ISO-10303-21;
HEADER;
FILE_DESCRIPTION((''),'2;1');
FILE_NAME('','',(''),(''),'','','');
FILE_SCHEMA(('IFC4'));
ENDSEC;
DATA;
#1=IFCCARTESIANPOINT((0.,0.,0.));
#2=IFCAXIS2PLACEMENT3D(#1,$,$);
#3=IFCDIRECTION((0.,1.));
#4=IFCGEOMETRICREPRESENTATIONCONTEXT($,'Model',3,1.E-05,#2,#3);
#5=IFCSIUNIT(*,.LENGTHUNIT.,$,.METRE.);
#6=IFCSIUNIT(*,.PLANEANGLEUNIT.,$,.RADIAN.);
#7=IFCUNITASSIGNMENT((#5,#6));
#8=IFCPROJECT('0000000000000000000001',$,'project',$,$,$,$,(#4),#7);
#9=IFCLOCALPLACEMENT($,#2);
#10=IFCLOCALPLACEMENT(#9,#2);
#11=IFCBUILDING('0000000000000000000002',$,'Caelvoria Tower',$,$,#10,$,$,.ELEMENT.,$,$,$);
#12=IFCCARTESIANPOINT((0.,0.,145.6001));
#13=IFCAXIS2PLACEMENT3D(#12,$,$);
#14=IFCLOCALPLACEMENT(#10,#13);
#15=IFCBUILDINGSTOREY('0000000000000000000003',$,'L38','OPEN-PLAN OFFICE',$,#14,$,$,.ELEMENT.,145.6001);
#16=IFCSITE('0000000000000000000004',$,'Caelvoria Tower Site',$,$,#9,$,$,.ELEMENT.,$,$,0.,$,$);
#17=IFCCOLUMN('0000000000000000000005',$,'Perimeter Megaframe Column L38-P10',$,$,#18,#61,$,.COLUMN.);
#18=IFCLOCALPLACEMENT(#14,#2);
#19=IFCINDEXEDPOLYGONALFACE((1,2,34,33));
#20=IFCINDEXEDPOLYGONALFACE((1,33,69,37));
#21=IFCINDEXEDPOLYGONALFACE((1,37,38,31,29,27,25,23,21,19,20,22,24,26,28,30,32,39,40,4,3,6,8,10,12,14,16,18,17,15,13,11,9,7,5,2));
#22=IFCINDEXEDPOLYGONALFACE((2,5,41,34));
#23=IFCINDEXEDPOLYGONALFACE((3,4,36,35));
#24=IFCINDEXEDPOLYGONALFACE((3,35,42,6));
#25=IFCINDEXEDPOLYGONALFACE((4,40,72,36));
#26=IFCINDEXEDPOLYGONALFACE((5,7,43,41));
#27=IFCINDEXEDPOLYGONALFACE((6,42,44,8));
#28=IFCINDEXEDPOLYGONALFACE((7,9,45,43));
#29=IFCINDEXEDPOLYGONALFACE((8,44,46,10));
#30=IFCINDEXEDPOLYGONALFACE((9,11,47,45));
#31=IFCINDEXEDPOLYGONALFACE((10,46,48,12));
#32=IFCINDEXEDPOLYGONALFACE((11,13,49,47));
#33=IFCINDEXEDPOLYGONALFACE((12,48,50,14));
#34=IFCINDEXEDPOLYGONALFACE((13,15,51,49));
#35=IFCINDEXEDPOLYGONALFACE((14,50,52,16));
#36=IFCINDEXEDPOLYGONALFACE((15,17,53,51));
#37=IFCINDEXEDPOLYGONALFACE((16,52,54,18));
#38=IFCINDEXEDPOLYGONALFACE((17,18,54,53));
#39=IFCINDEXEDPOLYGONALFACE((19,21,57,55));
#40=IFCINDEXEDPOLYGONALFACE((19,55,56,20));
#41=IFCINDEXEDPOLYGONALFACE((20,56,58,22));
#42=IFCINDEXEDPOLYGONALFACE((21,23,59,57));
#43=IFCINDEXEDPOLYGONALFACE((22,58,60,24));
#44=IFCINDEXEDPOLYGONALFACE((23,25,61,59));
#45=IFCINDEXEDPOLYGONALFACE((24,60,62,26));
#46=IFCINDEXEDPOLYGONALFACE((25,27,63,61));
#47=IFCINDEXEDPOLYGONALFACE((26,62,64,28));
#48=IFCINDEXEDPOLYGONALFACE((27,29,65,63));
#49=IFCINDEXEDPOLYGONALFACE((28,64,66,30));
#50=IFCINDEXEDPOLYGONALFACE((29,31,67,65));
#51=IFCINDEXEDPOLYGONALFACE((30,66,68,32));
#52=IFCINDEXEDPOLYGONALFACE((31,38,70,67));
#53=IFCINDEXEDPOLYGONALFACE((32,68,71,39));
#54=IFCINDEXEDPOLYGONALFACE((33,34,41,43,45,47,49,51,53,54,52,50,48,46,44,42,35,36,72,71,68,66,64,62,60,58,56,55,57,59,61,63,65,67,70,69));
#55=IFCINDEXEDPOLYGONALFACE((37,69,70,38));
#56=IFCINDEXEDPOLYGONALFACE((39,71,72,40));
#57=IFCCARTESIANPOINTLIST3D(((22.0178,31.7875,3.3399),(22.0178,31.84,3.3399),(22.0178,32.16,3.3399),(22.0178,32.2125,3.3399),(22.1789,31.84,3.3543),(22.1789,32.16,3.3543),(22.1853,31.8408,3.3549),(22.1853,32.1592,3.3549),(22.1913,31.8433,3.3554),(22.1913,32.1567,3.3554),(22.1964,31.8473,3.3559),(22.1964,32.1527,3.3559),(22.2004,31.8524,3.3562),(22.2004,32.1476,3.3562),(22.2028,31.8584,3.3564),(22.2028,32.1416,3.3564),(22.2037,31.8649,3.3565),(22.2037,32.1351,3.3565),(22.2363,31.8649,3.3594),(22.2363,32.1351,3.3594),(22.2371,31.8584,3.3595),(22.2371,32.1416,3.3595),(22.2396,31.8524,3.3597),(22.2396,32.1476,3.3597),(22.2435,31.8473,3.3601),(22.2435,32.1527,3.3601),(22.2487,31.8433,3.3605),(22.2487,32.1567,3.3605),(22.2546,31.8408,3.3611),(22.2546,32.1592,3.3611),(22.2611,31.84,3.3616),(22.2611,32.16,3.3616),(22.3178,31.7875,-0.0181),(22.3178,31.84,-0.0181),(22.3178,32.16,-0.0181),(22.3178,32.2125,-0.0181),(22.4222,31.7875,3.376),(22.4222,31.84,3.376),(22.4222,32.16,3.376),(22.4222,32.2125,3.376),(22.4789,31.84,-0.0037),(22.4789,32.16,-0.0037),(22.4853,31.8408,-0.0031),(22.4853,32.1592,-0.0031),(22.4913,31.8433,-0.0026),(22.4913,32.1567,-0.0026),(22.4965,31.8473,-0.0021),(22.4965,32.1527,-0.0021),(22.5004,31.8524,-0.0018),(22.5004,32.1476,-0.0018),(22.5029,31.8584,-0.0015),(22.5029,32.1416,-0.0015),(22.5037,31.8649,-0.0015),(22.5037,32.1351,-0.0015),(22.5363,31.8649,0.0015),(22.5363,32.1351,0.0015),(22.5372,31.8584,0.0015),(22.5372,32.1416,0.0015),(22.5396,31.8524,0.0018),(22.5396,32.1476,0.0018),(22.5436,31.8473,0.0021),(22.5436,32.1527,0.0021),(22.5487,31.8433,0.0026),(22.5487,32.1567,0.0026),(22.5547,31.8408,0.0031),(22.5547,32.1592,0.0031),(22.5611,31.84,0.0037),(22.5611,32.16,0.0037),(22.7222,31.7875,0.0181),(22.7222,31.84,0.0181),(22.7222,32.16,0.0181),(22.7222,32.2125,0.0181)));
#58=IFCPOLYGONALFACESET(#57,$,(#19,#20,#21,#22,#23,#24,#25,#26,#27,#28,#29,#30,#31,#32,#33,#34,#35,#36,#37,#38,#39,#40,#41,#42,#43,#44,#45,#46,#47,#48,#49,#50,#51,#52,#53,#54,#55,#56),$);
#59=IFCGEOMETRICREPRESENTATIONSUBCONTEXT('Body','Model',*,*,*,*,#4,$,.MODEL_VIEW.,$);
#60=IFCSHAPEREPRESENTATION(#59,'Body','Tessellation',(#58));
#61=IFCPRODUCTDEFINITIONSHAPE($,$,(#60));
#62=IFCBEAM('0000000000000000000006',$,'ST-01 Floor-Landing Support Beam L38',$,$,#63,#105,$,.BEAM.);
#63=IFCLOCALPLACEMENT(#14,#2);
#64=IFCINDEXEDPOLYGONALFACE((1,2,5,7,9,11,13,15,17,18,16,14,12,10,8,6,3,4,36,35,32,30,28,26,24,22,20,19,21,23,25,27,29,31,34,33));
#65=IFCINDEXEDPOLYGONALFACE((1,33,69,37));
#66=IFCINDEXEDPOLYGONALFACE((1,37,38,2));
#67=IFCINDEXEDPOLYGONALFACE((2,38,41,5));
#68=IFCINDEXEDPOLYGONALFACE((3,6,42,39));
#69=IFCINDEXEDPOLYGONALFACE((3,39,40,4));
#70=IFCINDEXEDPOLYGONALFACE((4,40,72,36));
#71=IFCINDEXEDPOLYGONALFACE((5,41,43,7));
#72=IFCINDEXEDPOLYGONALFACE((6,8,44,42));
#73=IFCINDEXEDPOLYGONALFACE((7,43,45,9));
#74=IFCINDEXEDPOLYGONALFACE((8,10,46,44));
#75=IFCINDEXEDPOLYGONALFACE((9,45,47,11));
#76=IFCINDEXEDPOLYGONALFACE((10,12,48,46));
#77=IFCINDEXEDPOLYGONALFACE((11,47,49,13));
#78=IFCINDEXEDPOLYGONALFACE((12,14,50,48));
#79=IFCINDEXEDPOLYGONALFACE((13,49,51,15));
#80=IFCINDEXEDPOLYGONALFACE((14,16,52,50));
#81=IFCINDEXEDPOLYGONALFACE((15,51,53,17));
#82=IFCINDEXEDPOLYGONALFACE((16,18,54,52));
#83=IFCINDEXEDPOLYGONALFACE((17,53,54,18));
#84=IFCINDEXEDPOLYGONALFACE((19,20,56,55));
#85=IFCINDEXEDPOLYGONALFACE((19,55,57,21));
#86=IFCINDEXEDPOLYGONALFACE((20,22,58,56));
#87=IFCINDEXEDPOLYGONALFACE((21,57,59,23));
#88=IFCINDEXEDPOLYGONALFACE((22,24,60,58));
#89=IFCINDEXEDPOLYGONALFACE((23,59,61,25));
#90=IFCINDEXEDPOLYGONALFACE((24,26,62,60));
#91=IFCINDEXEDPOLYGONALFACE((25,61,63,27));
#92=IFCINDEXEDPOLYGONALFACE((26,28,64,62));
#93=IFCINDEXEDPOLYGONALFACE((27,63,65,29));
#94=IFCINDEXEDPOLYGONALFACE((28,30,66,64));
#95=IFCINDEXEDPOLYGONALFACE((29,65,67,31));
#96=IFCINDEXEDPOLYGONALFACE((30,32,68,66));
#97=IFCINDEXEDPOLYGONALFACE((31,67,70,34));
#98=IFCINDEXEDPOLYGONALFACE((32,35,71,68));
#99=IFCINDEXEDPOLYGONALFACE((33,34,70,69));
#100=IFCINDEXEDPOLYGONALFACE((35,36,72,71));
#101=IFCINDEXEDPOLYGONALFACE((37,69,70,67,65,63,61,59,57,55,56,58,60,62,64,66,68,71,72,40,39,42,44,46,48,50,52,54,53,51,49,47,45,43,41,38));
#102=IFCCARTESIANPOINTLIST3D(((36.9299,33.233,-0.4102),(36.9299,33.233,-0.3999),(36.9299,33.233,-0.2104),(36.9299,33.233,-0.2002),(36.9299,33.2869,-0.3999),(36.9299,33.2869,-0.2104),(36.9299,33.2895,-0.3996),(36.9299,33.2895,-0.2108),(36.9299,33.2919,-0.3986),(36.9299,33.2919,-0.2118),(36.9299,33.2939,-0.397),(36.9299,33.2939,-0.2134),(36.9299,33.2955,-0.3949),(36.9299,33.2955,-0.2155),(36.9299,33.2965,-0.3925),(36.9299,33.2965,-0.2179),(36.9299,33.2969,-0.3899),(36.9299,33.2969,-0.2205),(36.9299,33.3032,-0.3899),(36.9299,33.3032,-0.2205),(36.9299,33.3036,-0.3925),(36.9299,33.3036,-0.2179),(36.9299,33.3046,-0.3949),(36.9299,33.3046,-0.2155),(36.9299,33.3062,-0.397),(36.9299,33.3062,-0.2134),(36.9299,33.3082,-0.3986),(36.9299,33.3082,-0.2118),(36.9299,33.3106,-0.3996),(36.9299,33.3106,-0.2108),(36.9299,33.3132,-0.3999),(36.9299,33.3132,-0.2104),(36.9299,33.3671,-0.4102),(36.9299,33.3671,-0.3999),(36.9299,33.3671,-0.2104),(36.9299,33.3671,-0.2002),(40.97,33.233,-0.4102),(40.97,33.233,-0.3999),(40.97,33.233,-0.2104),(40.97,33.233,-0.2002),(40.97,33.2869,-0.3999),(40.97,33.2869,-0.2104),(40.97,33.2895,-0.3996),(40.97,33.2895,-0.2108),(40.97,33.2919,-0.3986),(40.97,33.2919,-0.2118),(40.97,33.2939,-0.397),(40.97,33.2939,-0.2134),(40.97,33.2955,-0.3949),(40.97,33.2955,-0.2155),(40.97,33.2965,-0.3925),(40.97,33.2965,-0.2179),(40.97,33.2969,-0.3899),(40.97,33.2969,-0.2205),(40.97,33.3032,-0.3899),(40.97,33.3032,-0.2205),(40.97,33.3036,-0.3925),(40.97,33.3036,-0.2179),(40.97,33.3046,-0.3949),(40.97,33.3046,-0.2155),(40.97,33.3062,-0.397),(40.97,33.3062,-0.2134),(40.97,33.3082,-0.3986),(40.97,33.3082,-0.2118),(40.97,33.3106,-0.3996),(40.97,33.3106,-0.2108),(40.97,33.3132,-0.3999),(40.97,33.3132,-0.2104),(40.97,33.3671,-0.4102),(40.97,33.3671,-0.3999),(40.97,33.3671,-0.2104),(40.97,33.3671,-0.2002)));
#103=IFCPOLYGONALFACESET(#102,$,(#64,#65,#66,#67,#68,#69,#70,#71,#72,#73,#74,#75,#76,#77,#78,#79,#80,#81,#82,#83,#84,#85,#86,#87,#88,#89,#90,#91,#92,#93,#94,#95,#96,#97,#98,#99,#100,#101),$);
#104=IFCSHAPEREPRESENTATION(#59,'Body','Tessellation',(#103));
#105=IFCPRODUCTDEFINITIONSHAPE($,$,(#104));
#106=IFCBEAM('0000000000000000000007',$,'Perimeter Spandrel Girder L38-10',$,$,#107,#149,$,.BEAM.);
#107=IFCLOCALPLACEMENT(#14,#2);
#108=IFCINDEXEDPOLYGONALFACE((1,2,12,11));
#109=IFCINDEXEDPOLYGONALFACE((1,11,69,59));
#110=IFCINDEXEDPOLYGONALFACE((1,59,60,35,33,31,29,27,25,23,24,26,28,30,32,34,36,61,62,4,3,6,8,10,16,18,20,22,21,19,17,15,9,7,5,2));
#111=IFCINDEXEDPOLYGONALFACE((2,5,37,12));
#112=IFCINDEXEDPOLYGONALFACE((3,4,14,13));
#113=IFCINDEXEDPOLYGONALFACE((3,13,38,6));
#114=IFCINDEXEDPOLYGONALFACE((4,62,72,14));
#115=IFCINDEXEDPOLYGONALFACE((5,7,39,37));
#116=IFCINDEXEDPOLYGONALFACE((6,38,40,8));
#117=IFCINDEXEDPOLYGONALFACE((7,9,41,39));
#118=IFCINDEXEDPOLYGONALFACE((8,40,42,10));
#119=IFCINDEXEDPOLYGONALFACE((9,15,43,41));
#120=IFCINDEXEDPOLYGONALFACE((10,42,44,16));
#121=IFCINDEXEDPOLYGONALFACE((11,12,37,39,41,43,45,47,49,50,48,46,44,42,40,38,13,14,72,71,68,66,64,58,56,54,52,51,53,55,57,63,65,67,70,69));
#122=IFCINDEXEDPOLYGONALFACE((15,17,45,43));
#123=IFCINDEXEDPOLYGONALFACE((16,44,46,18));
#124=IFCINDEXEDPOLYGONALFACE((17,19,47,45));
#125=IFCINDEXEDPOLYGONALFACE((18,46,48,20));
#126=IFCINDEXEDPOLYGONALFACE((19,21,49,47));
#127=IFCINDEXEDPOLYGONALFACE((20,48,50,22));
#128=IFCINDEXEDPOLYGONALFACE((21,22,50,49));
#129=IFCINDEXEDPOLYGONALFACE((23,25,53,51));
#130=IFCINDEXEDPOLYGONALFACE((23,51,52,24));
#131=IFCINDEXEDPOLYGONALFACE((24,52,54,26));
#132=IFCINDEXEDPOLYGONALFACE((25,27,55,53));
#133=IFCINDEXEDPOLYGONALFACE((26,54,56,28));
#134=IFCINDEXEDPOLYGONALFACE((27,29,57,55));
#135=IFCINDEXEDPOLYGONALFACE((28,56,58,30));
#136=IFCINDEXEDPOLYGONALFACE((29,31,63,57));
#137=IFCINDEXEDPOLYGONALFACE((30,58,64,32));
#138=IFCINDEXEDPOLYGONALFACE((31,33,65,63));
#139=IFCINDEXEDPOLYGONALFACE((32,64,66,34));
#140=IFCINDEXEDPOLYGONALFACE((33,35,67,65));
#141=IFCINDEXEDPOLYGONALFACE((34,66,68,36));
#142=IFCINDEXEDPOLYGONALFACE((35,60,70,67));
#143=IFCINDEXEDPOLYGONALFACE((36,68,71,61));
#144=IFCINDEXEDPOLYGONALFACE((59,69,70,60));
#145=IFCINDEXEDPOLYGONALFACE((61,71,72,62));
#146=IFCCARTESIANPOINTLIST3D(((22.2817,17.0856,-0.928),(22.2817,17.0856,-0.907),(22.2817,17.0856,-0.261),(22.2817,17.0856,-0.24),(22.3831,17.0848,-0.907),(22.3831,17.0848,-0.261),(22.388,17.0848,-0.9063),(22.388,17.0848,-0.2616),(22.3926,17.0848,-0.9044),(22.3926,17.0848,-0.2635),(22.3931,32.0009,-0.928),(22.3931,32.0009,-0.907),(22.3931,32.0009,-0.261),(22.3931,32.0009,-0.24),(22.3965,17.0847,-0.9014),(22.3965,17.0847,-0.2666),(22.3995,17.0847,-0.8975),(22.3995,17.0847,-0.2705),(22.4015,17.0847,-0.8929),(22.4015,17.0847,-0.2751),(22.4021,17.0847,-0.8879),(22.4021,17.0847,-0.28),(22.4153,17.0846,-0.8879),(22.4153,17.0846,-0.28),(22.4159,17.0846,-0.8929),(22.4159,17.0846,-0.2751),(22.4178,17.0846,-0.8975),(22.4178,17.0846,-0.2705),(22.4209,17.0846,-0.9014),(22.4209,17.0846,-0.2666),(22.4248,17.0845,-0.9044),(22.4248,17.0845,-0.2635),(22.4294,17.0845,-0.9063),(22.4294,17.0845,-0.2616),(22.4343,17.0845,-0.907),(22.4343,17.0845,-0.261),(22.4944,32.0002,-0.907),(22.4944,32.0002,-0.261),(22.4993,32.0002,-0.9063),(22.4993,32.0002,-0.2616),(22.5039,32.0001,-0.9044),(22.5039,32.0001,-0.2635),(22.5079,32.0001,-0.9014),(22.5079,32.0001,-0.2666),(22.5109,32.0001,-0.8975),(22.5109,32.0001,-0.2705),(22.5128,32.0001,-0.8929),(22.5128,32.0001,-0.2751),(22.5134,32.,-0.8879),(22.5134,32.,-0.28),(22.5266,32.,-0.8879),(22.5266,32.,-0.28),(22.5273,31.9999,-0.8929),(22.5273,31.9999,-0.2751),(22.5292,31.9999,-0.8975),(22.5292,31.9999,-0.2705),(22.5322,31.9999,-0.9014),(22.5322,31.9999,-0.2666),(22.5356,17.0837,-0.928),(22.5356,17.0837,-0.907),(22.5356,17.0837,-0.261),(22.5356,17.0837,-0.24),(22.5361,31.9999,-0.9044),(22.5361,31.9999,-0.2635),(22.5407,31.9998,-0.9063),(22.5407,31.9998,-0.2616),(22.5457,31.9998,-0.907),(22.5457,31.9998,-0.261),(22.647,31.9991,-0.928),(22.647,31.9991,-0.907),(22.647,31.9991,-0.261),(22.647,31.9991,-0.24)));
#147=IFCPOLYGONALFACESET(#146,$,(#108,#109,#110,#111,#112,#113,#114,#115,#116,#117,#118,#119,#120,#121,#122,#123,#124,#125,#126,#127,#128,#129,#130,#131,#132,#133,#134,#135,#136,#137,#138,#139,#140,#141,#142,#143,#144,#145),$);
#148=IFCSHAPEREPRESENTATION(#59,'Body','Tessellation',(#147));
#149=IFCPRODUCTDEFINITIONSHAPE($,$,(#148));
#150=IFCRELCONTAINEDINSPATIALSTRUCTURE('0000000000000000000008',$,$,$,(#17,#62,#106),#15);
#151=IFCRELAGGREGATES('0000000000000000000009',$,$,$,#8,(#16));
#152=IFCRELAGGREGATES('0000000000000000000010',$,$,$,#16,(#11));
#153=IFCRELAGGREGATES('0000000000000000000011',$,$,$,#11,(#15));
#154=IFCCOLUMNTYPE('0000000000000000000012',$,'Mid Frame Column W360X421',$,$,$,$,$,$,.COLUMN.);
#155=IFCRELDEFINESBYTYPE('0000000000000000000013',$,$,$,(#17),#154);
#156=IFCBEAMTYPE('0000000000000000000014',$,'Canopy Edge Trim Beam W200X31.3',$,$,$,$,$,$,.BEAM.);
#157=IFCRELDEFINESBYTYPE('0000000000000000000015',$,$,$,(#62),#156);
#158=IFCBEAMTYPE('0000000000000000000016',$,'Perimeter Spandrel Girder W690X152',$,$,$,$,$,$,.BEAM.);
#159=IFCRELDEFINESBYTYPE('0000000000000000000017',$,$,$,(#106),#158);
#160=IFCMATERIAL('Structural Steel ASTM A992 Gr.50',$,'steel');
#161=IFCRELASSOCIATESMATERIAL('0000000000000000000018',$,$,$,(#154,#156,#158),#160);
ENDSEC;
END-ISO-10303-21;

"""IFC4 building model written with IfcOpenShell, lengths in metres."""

from ifc_helpers import new_model, si_unit, direction, frame, origin, origin_2d, place, context, subcontext, project, spatial, i_section, extrude, material, material_profile, profile_set, type_object, element, save


model = new_model("IFC4")

# Units and contexts
model_context = context("Model", 3, precision=1e-05, world=origin(), true_north=direction((0.0, 1.0)))
body_context = subcontext(model_context, "Body", "Model", "MODEL_VIEW")
ifc_project = project(units=[si_unit("LENGTHUNIT", "METRE"), si_unit("PLANEANGLEUNIT", "RADIAN")], contexts=[model_context])

# Site, building, storey
site_placement = place(None, origin())
site = spatial("IfcSite", under=ifc_project, at=site_placement, Name="Caelvoria Tower Site", CompositionType="ELEMENT", RefElevation=0.0)
building_placement = place(site_placement, origin())
building = spatial("IfcBuilding", under=site, at=building_placement, Name="Caelvoria Tower", CompositionType="ELEMENT")
storey_placement = place(building_placement, frame((0.0, 0.0, 145.6001)))
storey = spatial("IfcBuildingStorey", under=building, at=storey_placement, Name="L38", Description="OPEN-PLAN OFFICE", CompositionType="ELEMENT", Elevation=145.6001)

# Column
ifc_material_1 = material(Name="Structural Steel ASTM A992 Gr.50", Category="steel")
ifc_material_profile_1 = material_profile(ifc_material_1, i_section(OverallWidth=0.406, OverallDepth=0.425, WebThickness=0.0327, FlangeThickness=0.0525, FilletRadius=0.0249, at=origin_2d()), Name="Structural Steel ASTM A992 Gr.50")
ifc_profile_set_1 = profile_set([ifc_material_profile_1], Name="W360X421 - Structural Steel ASTM A992 Gr.50")
column_type = type_object("IfcColumnType", Name="Mid Frame Column W360X421", PredefinedType="COLUMN", material=ifc_profile_set_1)
column_placement = place(storey_placement, frame((22.52, 32.0, 0.0), z_axis=(-0.089001, 0.0, 0.996032), x_axis=(0.996032, 0.0, 0.089001)))
element("IfcColumn", 1, at=column_placement, inside=storey, type_object=column_type, Name="Perimeter Megaframe Column L38-P10", PredefinedType="COLUMN", context=body_context, shape_type="SweptSolid", body=[
    extrude(i_section(OverallWidth=0.406, OverallDepth=0.425, WebThickness=0.0327, FlangeThickness=0.0525, FilletRadius=0.0249, at=origin_2d()), origin(), (0.0, 0.0, 1.0), 3.3713),
])

# Beams
ifc_material_profile_2 = material_profile(ifc_material_1, i_section(OverallWidth=0.134, OverallDepth=0.21, WebThickness=0.0063, FlangeThickness=0.0103, FilletRadius=0.01, at=origin_2d()), Name="Structural Steel ASTM A992 Gr.50")
ifc_profile_set_2 = profile_set([ifc_material_profile_2], Name="W200X31.3 - Structural Steel ASTM A992 Gr.50")
beam_type_1 = type_object("IfcBeamType", Name="Canopy Edge Trim Beam W200X31.3", PredefinedType="BEAM", material=ifc_profile_set_2)
beam_1_placement = place(storey_placement, frame((36.9299, 33.3, -0.3052), z_axis=(1.0, 0.0, 0.0), x_axis=(0.0, 1.0, 0.0)))
element("IfcBeam", 2, at=beam_1_placement, inside=storey, type_object=beam_type_1, Name="ST-01 Floor-Landing Support Beam L38", PredefinedType="BEAM", context=body_context, shape_type="SweptSolid", body=[
    extrude(i_section(OverallWidth=0.134, OverallDepth=0.21, WebThickness=0.0063, FlangeThickness=0.0103, FilletRadius=0.01, at=origin_2d()), origin(), (0.0, 0.0, 1.0), 4.04),
])
ifc_material_profile_3 = material_profile(ifc_material_1, i_section(OverallWidth=0.2539, OverallDepth=0.688, WebThickness=0.0132, FlangeThickness=0.021, FilletRadius=0.019, at=origin_2d()), Name="Structural Steel ASTM A992 Gr.50")
ifc_profile_set_3 = profile_set([ifc_material_profile_3], Name="W690X152 - Structural Steel ASTM A992 Gr.50")
beam_type_2 = type_object("IfcBeamType", Name="Perimeter Spandrel Girder W690X152", PredefinedType="BEAM", material=ifc_profile_set_3)
beam_2_placement = place(storey_placement, frame((22.52, 32.0, -0.584), z_axis=(-0.007464, -0.999972, 0.0), x_axis=(0.999972, -0.007464, 0.0)))
element("IfcBeam", 3, at=beam_2_placement, inside=storey, type_object=beam_type_2, Name="Perimeter Spandrel Girder L38-10", PredefinedType="BEAM", context=body_context, shape_type="SweptSolid", body=[
    extrude(i_section(OverallWidth=0.2539, OverallDepth=0.688, WebThickness=0.0132, FlangeThickness=0.021, FilletRadius=0.019, at=origin_2d()), origin(), (0.0, 0.0, 1.0), 14.9158),
])

save(model, "model.ifc")
